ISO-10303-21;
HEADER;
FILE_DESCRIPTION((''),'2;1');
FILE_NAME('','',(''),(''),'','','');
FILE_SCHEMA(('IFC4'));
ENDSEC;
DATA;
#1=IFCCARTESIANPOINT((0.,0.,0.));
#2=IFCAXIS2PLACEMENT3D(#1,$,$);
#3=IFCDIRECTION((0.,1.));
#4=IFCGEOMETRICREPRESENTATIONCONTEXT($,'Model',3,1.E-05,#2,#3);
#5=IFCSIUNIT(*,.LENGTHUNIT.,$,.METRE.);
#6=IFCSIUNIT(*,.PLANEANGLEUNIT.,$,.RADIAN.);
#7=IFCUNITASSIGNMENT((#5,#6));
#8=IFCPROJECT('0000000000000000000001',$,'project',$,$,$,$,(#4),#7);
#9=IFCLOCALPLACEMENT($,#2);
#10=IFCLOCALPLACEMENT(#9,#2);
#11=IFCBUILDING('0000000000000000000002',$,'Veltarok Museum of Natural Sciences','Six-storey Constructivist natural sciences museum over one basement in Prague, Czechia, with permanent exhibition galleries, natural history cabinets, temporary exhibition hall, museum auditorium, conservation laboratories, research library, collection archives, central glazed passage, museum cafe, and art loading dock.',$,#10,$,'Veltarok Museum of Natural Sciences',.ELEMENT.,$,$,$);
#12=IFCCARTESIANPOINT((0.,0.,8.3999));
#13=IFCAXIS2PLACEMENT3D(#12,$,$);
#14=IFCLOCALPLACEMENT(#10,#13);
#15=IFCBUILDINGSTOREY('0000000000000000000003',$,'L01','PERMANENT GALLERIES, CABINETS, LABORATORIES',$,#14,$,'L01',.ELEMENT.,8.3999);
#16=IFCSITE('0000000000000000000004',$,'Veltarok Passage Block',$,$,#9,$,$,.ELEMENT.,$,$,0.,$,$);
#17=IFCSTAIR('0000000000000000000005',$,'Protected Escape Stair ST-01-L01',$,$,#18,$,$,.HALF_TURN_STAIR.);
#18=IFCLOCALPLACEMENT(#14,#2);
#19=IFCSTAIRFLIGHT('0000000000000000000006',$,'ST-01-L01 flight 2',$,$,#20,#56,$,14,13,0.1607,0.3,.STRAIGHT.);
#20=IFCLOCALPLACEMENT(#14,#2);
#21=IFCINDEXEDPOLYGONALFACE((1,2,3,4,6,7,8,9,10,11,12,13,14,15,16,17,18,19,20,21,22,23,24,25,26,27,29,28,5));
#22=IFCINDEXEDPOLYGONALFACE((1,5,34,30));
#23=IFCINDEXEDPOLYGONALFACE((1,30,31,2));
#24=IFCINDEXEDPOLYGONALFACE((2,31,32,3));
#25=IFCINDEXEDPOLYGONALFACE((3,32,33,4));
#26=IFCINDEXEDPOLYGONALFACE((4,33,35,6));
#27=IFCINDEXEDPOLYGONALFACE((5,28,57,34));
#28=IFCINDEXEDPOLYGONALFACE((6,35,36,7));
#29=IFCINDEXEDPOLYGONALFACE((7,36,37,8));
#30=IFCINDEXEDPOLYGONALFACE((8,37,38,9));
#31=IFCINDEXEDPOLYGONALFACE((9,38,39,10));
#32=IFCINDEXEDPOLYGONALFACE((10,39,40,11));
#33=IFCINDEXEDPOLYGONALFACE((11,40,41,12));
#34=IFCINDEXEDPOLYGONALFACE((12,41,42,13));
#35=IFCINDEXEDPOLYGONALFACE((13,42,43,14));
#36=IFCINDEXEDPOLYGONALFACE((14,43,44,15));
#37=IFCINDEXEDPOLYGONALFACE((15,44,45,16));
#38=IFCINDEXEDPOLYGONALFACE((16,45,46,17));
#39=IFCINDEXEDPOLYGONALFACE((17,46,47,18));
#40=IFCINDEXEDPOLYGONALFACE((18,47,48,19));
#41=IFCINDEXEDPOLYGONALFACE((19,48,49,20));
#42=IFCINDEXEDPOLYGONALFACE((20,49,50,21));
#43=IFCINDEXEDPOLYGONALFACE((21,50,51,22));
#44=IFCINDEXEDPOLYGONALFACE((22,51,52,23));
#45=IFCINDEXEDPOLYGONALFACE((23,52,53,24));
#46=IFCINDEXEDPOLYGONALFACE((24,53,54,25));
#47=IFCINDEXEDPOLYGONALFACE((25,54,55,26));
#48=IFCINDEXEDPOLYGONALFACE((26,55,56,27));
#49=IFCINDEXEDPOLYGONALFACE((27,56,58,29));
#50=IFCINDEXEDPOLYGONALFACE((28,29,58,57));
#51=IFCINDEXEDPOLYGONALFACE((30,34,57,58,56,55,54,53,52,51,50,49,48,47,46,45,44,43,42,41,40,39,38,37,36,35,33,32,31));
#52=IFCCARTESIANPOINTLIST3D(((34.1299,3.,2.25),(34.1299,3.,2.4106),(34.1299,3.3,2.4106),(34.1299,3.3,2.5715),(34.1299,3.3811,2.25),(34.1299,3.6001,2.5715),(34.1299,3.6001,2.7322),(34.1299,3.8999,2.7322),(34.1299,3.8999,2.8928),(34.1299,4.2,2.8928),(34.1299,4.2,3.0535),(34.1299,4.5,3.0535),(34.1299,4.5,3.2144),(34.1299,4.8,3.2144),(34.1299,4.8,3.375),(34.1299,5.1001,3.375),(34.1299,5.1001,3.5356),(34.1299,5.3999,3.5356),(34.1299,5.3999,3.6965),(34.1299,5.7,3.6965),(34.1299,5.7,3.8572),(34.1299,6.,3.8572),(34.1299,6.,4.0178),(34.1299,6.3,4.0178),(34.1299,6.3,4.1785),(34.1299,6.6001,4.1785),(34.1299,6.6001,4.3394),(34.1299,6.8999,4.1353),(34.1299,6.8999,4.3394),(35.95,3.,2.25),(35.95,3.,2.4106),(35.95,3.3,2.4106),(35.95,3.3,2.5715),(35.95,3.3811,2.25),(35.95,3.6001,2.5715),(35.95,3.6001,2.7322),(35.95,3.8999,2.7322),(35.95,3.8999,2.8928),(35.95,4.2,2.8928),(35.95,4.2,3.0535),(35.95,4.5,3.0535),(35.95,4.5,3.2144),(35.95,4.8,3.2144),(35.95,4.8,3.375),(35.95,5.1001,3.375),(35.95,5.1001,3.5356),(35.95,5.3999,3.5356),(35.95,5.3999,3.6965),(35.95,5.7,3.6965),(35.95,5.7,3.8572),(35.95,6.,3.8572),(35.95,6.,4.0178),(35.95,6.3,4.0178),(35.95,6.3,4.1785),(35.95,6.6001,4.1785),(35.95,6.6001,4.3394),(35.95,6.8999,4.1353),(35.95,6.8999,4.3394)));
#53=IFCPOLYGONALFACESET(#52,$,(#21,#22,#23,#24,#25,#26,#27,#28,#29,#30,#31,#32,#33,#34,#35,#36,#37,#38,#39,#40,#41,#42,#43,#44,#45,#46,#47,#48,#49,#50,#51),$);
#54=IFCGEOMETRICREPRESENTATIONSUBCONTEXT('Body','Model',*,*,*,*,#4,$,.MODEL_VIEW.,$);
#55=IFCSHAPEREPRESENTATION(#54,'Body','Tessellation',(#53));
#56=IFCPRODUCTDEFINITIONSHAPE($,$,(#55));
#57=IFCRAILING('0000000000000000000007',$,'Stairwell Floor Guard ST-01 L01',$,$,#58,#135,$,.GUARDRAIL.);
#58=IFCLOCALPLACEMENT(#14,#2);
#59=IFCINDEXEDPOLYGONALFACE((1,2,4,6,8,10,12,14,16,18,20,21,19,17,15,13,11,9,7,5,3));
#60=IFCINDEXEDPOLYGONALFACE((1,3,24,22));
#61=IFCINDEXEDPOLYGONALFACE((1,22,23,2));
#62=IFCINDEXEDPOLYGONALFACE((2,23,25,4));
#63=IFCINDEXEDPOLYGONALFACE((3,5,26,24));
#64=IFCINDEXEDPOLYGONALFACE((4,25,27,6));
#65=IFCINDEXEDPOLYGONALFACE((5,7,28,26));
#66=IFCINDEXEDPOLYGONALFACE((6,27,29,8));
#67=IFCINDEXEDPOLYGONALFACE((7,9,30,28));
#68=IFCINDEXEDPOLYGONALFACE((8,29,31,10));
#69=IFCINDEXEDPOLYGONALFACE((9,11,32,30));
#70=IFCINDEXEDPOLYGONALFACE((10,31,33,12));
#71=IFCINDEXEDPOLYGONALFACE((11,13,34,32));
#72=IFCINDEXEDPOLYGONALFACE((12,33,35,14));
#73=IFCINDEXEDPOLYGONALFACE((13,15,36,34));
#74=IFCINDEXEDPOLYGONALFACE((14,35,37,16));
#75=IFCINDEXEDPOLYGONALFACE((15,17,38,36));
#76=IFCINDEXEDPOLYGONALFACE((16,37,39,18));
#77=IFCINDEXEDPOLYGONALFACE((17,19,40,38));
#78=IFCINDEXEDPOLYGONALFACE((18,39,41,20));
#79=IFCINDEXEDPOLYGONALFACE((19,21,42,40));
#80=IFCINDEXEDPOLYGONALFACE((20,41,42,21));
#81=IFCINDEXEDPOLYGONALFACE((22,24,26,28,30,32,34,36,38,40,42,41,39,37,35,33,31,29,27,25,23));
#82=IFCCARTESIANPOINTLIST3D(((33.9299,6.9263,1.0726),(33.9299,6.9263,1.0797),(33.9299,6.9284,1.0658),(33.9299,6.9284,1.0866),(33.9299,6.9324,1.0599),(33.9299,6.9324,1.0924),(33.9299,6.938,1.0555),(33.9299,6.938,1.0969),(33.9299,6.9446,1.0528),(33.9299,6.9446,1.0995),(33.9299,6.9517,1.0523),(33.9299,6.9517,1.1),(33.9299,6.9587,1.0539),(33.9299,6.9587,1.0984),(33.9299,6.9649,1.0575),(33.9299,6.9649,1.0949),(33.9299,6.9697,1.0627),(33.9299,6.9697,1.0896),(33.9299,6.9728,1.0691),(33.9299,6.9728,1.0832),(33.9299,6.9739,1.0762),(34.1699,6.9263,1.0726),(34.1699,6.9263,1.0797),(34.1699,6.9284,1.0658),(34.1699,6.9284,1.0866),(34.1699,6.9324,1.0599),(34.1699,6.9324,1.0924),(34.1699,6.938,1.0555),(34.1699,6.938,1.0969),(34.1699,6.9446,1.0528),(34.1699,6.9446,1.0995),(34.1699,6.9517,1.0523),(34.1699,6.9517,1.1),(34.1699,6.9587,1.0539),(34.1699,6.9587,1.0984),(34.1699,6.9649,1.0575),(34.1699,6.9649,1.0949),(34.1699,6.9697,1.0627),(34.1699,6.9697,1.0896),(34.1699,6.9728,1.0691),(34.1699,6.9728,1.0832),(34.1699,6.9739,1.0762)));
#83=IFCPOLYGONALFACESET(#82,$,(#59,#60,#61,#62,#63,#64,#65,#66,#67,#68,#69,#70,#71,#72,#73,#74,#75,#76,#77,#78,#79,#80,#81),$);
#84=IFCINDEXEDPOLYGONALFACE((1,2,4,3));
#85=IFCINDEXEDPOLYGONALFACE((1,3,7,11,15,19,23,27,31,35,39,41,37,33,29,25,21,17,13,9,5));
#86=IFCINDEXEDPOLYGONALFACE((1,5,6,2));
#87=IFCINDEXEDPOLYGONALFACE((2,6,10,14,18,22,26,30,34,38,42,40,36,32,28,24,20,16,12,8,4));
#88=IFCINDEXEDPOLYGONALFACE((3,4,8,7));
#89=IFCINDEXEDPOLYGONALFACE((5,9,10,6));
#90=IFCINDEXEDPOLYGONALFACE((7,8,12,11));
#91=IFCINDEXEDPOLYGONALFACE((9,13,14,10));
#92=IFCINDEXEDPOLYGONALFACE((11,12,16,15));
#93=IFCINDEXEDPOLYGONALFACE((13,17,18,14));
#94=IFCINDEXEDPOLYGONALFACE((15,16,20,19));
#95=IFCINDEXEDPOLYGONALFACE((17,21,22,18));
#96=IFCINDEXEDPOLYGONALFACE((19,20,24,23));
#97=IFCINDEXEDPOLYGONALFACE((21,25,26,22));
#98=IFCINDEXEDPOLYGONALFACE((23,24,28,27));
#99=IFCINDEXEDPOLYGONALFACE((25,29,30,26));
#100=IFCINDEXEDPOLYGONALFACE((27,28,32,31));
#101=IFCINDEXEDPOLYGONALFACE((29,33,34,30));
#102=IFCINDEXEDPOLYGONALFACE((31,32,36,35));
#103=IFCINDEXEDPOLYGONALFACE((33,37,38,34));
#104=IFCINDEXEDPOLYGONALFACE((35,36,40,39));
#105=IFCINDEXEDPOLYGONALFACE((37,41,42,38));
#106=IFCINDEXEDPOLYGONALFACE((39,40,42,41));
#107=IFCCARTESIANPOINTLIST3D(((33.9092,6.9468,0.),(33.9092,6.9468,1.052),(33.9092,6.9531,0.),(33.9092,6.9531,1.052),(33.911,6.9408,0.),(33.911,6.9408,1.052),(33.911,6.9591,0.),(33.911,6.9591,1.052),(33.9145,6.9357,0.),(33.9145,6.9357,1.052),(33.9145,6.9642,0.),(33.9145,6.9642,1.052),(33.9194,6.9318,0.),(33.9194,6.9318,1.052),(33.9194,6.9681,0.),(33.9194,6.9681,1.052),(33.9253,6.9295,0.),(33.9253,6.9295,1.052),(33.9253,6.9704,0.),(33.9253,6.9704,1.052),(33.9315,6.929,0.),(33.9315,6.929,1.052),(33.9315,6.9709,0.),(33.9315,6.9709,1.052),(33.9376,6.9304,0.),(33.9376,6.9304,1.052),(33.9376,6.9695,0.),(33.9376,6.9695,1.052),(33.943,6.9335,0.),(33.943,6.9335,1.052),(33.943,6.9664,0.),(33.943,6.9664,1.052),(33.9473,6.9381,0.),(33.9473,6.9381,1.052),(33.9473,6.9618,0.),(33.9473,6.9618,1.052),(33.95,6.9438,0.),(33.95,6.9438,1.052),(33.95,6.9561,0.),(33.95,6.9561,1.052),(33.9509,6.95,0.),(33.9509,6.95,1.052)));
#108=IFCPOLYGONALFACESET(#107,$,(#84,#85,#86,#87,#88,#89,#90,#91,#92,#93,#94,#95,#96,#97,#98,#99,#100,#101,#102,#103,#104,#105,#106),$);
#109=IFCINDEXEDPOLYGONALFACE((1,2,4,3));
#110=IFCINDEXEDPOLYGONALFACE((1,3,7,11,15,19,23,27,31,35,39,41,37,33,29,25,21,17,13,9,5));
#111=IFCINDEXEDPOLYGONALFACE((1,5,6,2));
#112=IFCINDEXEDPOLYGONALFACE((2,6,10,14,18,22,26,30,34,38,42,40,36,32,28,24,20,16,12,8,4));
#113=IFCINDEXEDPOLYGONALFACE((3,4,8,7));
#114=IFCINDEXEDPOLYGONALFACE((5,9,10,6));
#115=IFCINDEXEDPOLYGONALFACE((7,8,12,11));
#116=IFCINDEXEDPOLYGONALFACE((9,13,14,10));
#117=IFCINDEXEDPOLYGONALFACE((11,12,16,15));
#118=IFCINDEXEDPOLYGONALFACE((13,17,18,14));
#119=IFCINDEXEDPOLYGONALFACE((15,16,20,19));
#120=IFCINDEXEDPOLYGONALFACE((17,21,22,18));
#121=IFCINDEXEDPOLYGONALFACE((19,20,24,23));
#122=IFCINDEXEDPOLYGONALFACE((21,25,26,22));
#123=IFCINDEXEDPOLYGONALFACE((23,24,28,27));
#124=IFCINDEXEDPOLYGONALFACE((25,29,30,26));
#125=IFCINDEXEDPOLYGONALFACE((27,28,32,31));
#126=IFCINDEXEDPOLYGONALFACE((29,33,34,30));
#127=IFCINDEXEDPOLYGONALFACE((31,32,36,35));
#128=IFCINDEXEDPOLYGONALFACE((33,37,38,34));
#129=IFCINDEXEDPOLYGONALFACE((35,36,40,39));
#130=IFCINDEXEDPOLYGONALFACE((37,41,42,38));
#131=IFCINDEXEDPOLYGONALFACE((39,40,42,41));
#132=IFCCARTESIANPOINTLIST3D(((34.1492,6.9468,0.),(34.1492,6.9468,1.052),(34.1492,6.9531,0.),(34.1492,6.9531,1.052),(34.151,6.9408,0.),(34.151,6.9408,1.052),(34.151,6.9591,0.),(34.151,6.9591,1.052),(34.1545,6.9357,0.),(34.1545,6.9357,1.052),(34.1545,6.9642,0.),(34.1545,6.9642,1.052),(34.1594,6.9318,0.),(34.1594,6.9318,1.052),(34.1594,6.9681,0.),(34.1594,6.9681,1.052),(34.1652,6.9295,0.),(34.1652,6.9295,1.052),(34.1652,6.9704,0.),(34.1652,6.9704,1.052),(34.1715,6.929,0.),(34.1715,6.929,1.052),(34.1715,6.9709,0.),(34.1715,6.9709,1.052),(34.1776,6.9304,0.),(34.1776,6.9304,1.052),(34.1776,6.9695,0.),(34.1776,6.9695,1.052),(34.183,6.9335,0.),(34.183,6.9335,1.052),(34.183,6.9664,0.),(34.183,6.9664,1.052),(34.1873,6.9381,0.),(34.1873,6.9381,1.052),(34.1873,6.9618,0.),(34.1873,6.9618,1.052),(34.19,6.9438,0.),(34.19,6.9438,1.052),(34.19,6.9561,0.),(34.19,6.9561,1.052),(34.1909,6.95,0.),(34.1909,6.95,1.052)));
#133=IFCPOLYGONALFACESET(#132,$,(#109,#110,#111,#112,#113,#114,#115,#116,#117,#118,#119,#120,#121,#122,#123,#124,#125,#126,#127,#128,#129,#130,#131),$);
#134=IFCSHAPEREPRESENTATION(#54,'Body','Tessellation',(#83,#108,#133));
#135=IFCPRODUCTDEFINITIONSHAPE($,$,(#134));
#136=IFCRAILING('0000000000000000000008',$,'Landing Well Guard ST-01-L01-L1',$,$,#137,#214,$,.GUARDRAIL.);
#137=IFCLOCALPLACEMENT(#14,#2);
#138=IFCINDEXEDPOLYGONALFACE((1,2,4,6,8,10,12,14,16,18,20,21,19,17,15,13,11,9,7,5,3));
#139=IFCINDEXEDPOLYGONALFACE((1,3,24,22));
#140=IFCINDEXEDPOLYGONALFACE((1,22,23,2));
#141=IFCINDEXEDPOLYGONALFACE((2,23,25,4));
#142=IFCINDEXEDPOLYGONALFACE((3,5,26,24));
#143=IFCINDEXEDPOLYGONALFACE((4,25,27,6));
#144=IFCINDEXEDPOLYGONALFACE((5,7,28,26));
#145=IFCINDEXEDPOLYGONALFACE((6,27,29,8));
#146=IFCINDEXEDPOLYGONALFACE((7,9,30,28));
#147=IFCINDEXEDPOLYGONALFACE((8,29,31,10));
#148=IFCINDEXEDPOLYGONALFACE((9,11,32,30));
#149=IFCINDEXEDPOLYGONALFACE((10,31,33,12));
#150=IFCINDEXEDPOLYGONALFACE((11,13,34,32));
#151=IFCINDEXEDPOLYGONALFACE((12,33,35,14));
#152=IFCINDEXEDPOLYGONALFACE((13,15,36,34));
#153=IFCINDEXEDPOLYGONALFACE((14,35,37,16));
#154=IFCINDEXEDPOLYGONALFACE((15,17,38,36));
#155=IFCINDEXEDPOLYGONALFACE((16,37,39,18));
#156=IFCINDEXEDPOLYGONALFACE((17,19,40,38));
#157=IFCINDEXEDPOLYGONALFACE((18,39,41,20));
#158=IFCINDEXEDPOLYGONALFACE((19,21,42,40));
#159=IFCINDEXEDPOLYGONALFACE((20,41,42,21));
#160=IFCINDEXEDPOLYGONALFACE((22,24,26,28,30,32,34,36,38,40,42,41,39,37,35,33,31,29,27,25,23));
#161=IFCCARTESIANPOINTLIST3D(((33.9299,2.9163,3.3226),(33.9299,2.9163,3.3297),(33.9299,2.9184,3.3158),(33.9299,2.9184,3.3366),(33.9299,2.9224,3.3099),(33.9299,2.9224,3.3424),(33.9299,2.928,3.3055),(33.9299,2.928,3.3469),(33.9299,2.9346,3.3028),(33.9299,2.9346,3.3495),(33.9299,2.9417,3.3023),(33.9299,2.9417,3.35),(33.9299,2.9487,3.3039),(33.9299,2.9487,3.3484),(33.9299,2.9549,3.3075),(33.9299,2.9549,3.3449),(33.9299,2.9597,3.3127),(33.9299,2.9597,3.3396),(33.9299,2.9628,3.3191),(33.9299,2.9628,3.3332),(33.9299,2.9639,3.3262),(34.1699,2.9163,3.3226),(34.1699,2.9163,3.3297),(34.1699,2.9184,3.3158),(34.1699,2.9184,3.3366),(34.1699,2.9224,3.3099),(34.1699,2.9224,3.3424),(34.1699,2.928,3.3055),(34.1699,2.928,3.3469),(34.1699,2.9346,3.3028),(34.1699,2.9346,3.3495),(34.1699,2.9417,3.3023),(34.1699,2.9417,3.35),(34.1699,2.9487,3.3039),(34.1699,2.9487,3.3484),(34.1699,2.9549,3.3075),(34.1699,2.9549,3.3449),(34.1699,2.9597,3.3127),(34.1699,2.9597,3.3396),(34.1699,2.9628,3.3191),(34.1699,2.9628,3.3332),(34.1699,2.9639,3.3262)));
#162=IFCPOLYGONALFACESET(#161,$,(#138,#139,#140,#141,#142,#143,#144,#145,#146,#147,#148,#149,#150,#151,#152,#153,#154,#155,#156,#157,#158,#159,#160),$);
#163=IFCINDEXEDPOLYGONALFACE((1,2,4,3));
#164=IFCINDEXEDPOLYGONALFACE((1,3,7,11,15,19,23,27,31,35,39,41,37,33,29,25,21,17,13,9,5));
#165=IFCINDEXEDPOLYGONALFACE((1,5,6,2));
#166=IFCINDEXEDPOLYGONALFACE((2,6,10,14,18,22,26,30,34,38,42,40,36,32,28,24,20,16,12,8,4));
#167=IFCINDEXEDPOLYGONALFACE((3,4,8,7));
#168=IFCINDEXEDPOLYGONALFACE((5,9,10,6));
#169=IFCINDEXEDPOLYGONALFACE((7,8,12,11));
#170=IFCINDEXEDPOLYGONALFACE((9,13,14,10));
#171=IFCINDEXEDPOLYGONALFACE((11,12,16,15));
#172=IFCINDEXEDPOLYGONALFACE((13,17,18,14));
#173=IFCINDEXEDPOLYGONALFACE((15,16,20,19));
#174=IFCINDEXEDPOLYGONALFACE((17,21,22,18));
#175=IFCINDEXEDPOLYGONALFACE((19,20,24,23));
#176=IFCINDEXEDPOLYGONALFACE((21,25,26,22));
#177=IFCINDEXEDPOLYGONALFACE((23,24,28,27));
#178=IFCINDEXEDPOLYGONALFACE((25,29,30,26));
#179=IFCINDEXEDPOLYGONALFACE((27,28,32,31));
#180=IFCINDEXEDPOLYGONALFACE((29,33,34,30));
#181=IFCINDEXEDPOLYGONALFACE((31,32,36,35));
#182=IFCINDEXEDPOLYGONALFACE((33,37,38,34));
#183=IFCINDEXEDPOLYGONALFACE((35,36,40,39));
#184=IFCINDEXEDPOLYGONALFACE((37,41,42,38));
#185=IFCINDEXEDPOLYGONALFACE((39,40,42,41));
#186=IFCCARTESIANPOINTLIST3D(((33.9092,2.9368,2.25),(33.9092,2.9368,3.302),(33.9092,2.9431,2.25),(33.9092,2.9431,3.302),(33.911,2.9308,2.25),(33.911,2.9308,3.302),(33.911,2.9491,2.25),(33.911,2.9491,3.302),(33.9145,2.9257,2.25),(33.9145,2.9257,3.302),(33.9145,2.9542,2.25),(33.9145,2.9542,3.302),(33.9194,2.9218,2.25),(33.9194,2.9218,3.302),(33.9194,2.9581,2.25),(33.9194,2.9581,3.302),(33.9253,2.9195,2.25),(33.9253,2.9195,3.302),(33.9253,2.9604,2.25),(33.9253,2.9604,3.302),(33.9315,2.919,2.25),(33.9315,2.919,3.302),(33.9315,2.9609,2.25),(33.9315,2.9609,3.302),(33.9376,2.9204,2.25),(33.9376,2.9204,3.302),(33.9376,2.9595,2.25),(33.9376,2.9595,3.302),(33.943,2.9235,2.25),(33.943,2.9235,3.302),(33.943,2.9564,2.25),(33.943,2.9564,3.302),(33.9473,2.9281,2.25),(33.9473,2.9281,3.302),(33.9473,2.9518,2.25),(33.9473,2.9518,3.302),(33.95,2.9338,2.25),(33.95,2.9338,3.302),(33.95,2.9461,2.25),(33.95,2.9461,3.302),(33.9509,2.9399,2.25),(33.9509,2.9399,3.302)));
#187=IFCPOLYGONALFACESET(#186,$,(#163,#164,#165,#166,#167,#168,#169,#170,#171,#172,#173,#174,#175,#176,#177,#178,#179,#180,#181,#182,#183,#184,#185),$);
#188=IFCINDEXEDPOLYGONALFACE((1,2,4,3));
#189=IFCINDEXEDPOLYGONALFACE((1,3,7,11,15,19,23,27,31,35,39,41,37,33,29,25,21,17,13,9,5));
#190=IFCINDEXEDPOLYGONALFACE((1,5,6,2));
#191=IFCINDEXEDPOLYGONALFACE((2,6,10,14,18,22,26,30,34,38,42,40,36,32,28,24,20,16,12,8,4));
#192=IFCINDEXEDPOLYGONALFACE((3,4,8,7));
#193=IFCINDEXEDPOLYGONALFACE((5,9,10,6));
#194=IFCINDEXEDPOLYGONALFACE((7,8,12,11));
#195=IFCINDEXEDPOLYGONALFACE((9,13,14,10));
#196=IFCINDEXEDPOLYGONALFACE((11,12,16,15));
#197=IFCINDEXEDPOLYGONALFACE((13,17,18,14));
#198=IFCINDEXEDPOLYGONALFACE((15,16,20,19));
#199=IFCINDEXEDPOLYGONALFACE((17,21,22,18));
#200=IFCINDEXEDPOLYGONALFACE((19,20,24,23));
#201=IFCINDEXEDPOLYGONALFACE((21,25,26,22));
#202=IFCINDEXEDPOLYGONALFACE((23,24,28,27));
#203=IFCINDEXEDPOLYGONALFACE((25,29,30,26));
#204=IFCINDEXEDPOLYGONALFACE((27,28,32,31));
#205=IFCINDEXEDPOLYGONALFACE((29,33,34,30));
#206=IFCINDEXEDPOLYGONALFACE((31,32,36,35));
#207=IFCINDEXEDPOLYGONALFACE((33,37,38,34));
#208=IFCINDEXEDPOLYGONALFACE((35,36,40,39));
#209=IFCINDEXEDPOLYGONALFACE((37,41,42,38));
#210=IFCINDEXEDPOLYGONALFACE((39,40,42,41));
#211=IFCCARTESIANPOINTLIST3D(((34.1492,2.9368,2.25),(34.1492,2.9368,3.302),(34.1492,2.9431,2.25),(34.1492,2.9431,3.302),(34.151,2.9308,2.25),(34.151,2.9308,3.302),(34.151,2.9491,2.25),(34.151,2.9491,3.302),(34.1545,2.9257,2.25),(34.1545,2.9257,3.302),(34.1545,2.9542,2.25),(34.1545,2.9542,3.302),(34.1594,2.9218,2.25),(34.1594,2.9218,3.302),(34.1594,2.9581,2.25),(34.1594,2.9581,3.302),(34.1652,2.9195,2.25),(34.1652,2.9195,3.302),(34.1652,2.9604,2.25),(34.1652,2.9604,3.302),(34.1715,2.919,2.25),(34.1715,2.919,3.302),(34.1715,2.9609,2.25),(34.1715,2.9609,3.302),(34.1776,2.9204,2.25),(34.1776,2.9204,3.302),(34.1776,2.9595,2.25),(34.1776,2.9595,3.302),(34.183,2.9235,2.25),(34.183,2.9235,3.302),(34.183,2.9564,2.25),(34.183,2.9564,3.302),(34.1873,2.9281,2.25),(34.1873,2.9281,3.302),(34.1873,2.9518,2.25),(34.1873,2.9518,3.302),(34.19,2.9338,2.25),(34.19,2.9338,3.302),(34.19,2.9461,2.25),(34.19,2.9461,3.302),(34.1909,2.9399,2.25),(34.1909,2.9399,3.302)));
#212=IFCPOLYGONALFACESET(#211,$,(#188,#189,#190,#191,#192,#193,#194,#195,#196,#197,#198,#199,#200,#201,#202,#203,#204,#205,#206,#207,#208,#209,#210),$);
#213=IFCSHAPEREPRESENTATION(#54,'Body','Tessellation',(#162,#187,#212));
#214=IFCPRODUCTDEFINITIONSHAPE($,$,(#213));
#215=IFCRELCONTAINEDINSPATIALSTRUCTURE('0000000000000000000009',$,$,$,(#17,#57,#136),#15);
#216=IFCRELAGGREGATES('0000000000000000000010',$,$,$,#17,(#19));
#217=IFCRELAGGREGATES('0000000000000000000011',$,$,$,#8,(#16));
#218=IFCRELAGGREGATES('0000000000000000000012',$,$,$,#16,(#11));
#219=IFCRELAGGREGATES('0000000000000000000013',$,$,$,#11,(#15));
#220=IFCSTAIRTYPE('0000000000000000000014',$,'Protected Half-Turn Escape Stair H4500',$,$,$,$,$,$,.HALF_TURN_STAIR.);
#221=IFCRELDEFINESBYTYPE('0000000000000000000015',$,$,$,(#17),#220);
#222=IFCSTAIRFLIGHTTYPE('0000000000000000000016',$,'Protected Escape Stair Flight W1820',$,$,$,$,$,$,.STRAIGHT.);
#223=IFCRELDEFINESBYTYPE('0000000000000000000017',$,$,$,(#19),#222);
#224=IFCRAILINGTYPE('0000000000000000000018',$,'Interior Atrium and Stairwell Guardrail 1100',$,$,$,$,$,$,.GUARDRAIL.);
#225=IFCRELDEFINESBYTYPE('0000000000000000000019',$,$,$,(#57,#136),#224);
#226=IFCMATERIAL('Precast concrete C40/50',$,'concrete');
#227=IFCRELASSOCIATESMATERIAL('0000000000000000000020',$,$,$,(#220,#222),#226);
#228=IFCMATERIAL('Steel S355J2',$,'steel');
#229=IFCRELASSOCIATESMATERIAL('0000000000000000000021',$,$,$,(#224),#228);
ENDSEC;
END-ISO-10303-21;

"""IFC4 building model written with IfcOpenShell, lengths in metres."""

from ifc_helpers import new_model, si_unit, direction, frame, origin, origin_2d, place, context, subcontext, project, spatial, polyline, circle, outline, extrude, material, type_object, element, aggregate, save


model = new_model("IFC4")

# Units and contexts
model_context = context("Model", 3, precision=1e-05, world=origin(), true_north=direction((0.0, 1.0)))
body_context = subcontext(model_context, "Body", "Model", "MODEL_VIEW")
ifc_project = project(units=[si_unit("LENGTHUNIT", "METRE"), si_unit("PLANEANGLEUNIT", "RADIAN")], contexts=[model_context])

# Site, building, storey
site_placement = place(None, origin())
site = spatial("IfcSite", under=ifc_project, at=site_placement, Name="Veltarok Passage Block", CompositionType="ELEMENT", RefElevation=0.0)
building_placement = place(site_placement, origin())
building = spatial("IfcBuilding", under=site, at=building_placement, Name="Veltarok Museum of Natural Sciences", Description="Six-storey Constructivist natural sciences museum over one basement in Prague, Czechia, with permanent exhibition galleries, natural history cabinets, temporary exhibition hall, museum auditorium, conservation laboratories, research library, collection archives, central glazed passage, museum cafe, and art loading dock.", LongName="Veltarok Museum of Natural Sciences", CompositionType="ELEMENT")
storey_placement = place(building_placement, frame((0.0, 0.0, 8.3999)))
storey = spatial("IfcBuildingStorey", under=building, at=storey_placement, Name="L01", Description="PERMANENT GALLERIES, CABINETS, LABORATORIES", LongName="L01", CompositionType="ELEMENT", Elevation=8.3999)

# Shared definitions
ifc_material_1 = material(Name="Steel S355J2", Category="steel")

# Shared definitions
ifc_material_2 = material(Name="Precast concrete C40/50", Category="concrete")

# Stair, stair flight
stair_type = type_object("IfcStairType", Name="Protected Half-Turn Escape Stair H4500", PredefinedType="HALF_TURN_STAIR", material=ifc_material_2)
stair_placement = place(storey_placement, origin())
stair = element("IfcStair", 1, at=stair_placement, inside=storey, type_object=stair_type, Name="Protected Escape Stair ST-01-L01", PredefinedType="HALF_TURN_STAIR")
stair_flight_type = type_object("IfcStairFlightType", Name="Protected Escape Stair Flight W1820", PredefinedType="STRAIGHT", material=ifc_material_2)
stair_flight_1_placement = place(storey_placement, frame((35.04, 3.0, 2.25), z_axis=(0.0, 0.0, 1.0), x_axis=(0.0, 1.0, 0.0)))
stair_flight_1 = element("IfcStairFlight", 2, at=stair_flight_1_placement, type_object=stair_flight_type, Name="ST-01-L01 flight 2", NumberOfRisers=14, NumberOfTreads=13, PredefinedType="STRAIGHT", RiserHeight=0.1607, TreadLength=0.3, context=body_context, shape_type="SweptSolid", body=[
    extrude(outline(polyline([(0.0, 0.0), (0.0, 0.1606), (0.3, 0.1606), (0.3, 0.3215), (0.6001, 0.3215), (0.6001, 0.4822), (0.8999, 0.4822), (0.8999, 0.6428), (1.2, 0.6428), (1.2, 0.8035), (1.5, 0.8035), (1.5, 0.9644), (1.8, 0.9644), (1.8, 1.125), (2.1001, 1.125), (2.1001, 1.2856), (2.3999, 1.2856), (2.3999, 1.4465), (2.7, 1.4465), (2.7, 1.6072), (3.0, 1.6072), (3.0, 1.7678), (3.3, 1.7678), (3.3, 1.9285), (3.6001, 1.9285), (3.6001, 2.0894), (3.8999, 2.0894), (3.8999, 2.25), (3.8999, 1.8853), (0.3811, 0.0), (0.0, 0.0)])), frame((0.0, 0.9102, 0.0), z_axis=(0.0, -1.0, 0.0), x_axis=(1.0, 0.0, 0.0)), (0.0, 0.0, 1.0), 1.8201),
])
aggregate(stair, [stair_flight_1])

# Railings
railing_type_1 = type_object("IfcRailingType", Name="Interior Atrium and Stairwell Guardrail 1100", PredefinedType="GUARDRAIL", material=ifc_material_1)
for number, where, name in (
    (3, (33.9299, 6.95, 0.0), "Stairwell Floor Guard ST-01 L01"),
    (4, (33.9299, 2.9399, 2.25), "Landing Well Guard ST-01-L01-L1"),
):
    element("IfcRailing", number, at=place(storey_placement, frame(where)), inside=storey, type_object=railing_type_1, Name=name, PredefinedType="GUARDRAIL", context=body_context, shape_type="SweptSolid", body=[
        extrude(circle(Radius=0.0239, at=origin_2d()), frame((0.0, 0.0, 1.0762), z_axis=(1.0, 0.0, 0.0), x_axis=(0.0, 1.0, 0.0)), (0.0, 0.0, 1.0), 0.24),
        extrude(circle(Radius=0.021, at=origin_2d()), origin(), (0.0, 0.0, 1.0), 1.052),
        extrude(circle(Radius=0.021, at=origin_2d()), frame((0.24, 0.0, 0.0)), (0.0, 0.0, 1.0), 1.052),
    ])

save(model, "model.ifc")
